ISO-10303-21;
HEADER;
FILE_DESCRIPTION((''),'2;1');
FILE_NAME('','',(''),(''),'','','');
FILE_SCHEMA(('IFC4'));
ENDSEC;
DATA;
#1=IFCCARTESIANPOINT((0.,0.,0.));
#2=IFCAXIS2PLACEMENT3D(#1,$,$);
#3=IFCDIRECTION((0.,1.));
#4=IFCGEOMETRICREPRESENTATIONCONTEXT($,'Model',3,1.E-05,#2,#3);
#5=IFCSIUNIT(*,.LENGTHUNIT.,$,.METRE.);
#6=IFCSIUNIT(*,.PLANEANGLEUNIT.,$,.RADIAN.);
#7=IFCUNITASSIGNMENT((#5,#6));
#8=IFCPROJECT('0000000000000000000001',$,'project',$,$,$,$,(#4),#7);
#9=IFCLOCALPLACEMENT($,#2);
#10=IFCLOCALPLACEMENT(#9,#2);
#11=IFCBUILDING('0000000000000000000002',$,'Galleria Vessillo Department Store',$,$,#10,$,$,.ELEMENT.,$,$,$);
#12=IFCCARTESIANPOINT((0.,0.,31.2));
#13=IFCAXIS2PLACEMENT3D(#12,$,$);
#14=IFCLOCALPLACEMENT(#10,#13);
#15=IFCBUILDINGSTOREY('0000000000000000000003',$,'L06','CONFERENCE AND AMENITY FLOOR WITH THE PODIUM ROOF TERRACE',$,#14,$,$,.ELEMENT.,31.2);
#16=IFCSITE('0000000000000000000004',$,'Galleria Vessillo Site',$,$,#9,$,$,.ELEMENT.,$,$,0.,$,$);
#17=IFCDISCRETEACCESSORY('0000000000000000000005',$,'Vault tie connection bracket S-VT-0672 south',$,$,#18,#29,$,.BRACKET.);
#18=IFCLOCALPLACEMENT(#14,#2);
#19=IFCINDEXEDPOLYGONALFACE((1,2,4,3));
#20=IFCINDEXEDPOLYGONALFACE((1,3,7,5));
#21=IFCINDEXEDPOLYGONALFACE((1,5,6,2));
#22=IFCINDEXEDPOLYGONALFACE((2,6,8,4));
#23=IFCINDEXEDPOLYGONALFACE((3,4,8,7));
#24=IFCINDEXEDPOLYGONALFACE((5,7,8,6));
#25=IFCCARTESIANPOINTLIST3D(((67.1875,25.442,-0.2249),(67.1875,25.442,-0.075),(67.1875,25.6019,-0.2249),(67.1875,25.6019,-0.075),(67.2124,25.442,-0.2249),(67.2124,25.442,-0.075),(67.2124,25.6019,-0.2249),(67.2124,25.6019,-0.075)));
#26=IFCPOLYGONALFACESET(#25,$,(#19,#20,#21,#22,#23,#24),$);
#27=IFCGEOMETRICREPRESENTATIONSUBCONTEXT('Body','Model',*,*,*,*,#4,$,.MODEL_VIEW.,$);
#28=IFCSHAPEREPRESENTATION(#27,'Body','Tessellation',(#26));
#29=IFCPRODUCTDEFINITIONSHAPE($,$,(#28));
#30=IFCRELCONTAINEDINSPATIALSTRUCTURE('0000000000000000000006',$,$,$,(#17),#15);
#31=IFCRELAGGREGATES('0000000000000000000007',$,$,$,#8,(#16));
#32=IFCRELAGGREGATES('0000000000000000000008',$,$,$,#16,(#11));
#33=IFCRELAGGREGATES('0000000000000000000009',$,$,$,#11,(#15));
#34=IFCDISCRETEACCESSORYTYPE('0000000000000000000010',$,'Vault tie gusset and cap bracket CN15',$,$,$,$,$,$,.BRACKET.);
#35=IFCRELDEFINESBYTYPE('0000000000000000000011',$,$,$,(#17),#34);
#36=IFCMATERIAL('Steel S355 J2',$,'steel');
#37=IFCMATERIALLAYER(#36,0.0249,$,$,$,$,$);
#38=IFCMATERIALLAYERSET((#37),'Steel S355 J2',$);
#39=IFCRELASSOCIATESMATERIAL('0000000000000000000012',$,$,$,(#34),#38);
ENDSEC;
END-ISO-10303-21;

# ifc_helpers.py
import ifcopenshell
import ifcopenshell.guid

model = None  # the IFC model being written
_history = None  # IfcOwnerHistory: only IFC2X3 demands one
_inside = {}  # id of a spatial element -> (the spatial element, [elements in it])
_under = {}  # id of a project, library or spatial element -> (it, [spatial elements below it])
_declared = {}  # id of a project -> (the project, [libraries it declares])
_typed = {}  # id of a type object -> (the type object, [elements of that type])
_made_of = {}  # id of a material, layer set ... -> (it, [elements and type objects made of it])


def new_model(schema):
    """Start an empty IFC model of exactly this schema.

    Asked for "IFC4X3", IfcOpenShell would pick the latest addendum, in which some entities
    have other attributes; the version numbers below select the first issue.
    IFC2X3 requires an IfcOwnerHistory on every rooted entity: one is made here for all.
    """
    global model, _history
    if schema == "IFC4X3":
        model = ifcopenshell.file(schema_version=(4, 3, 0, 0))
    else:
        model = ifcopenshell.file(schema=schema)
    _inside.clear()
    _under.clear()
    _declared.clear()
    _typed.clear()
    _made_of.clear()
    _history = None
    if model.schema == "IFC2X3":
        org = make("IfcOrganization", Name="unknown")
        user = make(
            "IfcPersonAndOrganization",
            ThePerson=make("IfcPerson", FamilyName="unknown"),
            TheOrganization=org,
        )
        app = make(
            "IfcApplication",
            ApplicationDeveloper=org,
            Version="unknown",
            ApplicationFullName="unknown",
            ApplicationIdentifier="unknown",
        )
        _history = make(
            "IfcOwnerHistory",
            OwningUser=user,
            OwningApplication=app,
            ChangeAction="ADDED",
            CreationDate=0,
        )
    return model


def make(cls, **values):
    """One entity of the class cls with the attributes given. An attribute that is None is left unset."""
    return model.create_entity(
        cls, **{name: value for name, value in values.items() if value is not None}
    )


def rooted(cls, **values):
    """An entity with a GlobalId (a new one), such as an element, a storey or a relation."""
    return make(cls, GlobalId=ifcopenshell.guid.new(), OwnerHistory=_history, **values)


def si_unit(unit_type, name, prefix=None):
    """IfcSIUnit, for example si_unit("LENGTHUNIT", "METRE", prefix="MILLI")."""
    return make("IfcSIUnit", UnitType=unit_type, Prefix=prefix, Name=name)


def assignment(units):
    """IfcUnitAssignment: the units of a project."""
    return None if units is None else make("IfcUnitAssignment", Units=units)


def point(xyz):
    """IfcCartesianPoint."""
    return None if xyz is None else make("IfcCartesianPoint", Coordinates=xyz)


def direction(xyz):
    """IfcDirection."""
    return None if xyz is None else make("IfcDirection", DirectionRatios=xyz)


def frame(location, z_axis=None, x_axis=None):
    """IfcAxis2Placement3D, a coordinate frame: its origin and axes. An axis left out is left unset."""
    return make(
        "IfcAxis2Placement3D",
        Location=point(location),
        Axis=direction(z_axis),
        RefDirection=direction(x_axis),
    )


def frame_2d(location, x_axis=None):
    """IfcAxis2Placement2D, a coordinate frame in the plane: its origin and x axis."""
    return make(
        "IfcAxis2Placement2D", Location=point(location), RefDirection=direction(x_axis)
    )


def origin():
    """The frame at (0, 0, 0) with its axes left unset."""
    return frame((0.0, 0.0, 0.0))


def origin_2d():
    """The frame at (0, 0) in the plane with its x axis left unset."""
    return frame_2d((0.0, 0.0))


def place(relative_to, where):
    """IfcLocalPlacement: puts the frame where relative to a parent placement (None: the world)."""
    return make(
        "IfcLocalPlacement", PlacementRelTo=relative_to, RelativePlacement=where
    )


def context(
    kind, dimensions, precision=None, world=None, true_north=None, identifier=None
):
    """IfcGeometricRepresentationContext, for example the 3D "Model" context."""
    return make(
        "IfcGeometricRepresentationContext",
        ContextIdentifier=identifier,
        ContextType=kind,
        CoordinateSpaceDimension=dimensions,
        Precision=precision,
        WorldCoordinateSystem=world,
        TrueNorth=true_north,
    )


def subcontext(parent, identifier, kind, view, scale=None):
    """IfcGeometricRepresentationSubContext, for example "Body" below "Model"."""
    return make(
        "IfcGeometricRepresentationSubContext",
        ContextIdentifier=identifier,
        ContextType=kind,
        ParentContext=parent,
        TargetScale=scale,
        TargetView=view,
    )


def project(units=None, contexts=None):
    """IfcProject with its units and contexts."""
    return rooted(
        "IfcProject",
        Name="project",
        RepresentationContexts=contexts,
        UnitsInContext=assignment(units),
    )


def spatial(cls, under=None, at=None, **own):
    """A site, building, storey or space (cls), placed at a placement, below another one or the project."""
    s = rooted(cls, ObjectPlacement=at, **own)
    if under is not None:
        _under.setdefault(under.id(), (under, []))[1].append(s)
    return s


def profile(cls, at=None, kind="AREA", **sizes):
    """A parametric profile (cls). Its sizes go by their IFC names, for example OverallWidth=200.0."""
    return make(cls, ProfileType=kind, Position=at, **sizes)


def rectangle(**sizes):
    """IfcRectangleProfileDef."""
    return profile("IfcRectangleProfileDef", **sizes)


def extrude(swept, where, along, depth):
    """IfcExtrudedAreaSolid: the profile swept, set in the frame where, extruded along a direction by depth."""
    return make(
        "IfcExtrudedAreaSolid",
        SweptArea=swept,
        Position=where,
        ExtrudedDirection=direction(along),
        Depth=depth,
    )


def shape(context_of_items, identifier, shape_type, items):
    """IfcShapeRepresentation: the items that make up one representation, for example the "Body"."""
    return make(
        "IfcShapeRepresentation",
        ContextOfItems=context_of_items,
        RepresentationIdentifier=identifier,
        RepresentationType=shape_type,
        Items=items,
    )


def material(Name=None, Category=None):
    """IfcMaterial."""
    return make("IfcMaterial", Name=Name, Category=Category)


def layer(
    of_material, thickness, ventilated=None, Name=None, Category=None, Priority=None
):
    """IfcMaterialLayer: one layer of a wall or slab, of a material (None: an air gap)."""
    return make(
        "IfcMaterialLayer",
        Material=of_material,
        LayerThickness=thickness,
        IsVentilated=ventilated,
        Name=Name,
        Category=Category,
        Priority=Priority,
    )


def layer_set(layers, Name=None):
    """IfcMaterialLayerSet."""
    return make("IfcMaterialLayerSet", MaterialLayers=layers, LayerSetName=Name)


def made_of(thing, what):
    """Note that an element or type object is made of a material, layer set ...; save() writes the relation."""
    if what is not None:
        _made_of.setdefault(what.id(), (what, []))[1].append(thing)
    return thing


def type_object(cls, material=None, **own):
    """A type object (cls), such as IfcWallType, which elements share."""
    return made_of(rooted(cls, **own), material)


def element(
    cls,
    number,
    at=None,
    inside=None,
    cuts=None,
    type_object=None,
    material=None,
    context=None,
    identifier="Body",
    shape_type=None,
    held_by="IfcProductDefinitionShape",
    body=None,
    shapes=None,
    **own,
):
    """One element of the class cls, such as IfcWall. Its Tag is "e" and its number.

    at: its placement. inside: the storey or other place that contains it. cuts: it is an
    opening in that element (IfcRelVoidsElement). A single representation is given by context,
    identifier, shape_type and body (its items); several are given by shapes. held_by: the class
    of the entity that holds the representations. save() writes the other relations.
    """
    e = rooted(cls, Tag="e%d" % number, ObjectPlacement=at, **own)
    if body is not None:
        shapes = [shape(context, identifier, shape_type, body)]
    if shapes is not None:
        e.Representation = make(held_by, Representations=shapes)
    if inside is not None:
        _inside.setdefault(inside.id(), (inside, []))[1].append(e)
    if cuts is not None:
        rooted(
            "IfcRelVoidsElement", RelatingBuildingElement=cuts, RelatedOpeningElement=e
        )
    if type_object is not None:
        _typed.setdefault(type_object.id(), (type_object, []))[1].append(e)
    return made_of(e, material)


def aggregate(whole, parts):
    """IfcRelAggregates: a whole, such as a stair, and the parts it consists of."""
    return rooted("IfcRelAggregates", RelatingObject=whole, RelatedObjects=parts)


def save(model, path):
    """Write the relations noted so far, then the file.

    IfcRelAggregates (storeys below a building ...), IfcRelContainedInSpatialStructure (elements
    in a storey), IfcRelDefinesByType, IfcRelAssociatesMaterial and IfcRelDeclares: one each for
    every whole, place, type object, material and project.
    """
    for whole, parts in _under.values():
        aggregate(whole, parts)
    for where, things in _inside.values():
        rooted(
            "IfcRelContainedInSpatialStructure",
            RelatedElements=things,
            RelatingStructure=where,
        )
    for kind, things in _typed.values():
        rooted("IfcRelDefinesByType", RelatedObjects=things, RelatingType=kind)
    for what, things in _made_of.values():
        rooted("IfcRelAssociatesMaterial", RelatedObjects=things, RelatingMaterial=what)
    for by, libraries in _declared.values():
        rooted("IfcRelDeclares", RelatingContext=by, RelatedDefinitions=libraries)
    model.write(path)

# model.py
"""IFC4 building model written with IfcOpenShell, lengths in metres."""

from ifc_helpers import new_model, si_unit, direction, frame, origin, origin_2d, place, context, subcontext, project, spatial, rectangle, extrude, material, layer, layer_set, type_object, element, save


model = new_model("IFC4")

# Units and contexts
model_context = context("Model", 3, precision=1e-05, world=origin(), true_north=direction((0.0, 1.0)))
body_context = subcontext(model_context, "Body", "Model", "MODEL_VIEW")
ifc_project = project(units=[si_unit("LENGTHUNIT", "METRE"), si_unit("PLANEANGLEUNIT", "RADIAN")], contexts=[model_context])

# Site, building, storey
site_placement = place(None, origin())
site = spatial("IfcSite", under=ifc_project, at=site_placement, Name="Galleria Vessillo Site", CompositionType="ELEMENT", RefElevation=0.0)
building_placement = place(site_placement, origin())
building = spatial("IfcBuilding", under=site, at=building_placement, Name="Galleria Vessillo Department Store", CompositionType="ELEMENT")
storey_placement = place(building_placement, frame((0.0, 0.0, 31.2)))
storey = spatial("IfcBuildingStorey", under=building, at=storey_placement, Name="L06", Description="CONFERENCE AND AMENITY FLOOR WITH THE PODIUM ROOF TERRACE", CompositionType="ELEMENT", Elevation=31.2)

# Discrete accessory
ifc_material_1 = material(Name="Steel S355 J2", Category="steel")
ifc_layer_1 = layer(ifc_material_1, 0.0249)
ifc_layer_set_1 = layer_set([ifc_layer_1], Name="Steel S355 J2")
discrete_accessory_type = type_object("IfcDiscreteAccessoryType", Name="Vault tie gusset and cap bracket CN15", PredefinedType="BRACKET", material=ifc_layer_set_1)
for number, where, z_axis, x_axis, name in (
    (1, (67.2, 25.522, -0.2249), (0.0, 0.0, 1.0), (1.0, 0.0, 0.0), "Vault tie connection bracket S-VT-0672 south"),
):
    element("IfcDiscreteAccessory", number, at=place(storey_placement, frame(where, z_axis=z_axis, x_axis=x_axis)), inside=storey, type_object=discrete_accessory_type, Name=name, PredefinedType="BRACKET", context=body_context, shape_type="SweptSolid", body=[
        extrude(rectangle(XDim=0.0249, YDim=0.1599, at=origin_2d()), origin(), (0.0, 0.0, 1.0), 0.1499),
    ])

save(model, "model.ifc")
